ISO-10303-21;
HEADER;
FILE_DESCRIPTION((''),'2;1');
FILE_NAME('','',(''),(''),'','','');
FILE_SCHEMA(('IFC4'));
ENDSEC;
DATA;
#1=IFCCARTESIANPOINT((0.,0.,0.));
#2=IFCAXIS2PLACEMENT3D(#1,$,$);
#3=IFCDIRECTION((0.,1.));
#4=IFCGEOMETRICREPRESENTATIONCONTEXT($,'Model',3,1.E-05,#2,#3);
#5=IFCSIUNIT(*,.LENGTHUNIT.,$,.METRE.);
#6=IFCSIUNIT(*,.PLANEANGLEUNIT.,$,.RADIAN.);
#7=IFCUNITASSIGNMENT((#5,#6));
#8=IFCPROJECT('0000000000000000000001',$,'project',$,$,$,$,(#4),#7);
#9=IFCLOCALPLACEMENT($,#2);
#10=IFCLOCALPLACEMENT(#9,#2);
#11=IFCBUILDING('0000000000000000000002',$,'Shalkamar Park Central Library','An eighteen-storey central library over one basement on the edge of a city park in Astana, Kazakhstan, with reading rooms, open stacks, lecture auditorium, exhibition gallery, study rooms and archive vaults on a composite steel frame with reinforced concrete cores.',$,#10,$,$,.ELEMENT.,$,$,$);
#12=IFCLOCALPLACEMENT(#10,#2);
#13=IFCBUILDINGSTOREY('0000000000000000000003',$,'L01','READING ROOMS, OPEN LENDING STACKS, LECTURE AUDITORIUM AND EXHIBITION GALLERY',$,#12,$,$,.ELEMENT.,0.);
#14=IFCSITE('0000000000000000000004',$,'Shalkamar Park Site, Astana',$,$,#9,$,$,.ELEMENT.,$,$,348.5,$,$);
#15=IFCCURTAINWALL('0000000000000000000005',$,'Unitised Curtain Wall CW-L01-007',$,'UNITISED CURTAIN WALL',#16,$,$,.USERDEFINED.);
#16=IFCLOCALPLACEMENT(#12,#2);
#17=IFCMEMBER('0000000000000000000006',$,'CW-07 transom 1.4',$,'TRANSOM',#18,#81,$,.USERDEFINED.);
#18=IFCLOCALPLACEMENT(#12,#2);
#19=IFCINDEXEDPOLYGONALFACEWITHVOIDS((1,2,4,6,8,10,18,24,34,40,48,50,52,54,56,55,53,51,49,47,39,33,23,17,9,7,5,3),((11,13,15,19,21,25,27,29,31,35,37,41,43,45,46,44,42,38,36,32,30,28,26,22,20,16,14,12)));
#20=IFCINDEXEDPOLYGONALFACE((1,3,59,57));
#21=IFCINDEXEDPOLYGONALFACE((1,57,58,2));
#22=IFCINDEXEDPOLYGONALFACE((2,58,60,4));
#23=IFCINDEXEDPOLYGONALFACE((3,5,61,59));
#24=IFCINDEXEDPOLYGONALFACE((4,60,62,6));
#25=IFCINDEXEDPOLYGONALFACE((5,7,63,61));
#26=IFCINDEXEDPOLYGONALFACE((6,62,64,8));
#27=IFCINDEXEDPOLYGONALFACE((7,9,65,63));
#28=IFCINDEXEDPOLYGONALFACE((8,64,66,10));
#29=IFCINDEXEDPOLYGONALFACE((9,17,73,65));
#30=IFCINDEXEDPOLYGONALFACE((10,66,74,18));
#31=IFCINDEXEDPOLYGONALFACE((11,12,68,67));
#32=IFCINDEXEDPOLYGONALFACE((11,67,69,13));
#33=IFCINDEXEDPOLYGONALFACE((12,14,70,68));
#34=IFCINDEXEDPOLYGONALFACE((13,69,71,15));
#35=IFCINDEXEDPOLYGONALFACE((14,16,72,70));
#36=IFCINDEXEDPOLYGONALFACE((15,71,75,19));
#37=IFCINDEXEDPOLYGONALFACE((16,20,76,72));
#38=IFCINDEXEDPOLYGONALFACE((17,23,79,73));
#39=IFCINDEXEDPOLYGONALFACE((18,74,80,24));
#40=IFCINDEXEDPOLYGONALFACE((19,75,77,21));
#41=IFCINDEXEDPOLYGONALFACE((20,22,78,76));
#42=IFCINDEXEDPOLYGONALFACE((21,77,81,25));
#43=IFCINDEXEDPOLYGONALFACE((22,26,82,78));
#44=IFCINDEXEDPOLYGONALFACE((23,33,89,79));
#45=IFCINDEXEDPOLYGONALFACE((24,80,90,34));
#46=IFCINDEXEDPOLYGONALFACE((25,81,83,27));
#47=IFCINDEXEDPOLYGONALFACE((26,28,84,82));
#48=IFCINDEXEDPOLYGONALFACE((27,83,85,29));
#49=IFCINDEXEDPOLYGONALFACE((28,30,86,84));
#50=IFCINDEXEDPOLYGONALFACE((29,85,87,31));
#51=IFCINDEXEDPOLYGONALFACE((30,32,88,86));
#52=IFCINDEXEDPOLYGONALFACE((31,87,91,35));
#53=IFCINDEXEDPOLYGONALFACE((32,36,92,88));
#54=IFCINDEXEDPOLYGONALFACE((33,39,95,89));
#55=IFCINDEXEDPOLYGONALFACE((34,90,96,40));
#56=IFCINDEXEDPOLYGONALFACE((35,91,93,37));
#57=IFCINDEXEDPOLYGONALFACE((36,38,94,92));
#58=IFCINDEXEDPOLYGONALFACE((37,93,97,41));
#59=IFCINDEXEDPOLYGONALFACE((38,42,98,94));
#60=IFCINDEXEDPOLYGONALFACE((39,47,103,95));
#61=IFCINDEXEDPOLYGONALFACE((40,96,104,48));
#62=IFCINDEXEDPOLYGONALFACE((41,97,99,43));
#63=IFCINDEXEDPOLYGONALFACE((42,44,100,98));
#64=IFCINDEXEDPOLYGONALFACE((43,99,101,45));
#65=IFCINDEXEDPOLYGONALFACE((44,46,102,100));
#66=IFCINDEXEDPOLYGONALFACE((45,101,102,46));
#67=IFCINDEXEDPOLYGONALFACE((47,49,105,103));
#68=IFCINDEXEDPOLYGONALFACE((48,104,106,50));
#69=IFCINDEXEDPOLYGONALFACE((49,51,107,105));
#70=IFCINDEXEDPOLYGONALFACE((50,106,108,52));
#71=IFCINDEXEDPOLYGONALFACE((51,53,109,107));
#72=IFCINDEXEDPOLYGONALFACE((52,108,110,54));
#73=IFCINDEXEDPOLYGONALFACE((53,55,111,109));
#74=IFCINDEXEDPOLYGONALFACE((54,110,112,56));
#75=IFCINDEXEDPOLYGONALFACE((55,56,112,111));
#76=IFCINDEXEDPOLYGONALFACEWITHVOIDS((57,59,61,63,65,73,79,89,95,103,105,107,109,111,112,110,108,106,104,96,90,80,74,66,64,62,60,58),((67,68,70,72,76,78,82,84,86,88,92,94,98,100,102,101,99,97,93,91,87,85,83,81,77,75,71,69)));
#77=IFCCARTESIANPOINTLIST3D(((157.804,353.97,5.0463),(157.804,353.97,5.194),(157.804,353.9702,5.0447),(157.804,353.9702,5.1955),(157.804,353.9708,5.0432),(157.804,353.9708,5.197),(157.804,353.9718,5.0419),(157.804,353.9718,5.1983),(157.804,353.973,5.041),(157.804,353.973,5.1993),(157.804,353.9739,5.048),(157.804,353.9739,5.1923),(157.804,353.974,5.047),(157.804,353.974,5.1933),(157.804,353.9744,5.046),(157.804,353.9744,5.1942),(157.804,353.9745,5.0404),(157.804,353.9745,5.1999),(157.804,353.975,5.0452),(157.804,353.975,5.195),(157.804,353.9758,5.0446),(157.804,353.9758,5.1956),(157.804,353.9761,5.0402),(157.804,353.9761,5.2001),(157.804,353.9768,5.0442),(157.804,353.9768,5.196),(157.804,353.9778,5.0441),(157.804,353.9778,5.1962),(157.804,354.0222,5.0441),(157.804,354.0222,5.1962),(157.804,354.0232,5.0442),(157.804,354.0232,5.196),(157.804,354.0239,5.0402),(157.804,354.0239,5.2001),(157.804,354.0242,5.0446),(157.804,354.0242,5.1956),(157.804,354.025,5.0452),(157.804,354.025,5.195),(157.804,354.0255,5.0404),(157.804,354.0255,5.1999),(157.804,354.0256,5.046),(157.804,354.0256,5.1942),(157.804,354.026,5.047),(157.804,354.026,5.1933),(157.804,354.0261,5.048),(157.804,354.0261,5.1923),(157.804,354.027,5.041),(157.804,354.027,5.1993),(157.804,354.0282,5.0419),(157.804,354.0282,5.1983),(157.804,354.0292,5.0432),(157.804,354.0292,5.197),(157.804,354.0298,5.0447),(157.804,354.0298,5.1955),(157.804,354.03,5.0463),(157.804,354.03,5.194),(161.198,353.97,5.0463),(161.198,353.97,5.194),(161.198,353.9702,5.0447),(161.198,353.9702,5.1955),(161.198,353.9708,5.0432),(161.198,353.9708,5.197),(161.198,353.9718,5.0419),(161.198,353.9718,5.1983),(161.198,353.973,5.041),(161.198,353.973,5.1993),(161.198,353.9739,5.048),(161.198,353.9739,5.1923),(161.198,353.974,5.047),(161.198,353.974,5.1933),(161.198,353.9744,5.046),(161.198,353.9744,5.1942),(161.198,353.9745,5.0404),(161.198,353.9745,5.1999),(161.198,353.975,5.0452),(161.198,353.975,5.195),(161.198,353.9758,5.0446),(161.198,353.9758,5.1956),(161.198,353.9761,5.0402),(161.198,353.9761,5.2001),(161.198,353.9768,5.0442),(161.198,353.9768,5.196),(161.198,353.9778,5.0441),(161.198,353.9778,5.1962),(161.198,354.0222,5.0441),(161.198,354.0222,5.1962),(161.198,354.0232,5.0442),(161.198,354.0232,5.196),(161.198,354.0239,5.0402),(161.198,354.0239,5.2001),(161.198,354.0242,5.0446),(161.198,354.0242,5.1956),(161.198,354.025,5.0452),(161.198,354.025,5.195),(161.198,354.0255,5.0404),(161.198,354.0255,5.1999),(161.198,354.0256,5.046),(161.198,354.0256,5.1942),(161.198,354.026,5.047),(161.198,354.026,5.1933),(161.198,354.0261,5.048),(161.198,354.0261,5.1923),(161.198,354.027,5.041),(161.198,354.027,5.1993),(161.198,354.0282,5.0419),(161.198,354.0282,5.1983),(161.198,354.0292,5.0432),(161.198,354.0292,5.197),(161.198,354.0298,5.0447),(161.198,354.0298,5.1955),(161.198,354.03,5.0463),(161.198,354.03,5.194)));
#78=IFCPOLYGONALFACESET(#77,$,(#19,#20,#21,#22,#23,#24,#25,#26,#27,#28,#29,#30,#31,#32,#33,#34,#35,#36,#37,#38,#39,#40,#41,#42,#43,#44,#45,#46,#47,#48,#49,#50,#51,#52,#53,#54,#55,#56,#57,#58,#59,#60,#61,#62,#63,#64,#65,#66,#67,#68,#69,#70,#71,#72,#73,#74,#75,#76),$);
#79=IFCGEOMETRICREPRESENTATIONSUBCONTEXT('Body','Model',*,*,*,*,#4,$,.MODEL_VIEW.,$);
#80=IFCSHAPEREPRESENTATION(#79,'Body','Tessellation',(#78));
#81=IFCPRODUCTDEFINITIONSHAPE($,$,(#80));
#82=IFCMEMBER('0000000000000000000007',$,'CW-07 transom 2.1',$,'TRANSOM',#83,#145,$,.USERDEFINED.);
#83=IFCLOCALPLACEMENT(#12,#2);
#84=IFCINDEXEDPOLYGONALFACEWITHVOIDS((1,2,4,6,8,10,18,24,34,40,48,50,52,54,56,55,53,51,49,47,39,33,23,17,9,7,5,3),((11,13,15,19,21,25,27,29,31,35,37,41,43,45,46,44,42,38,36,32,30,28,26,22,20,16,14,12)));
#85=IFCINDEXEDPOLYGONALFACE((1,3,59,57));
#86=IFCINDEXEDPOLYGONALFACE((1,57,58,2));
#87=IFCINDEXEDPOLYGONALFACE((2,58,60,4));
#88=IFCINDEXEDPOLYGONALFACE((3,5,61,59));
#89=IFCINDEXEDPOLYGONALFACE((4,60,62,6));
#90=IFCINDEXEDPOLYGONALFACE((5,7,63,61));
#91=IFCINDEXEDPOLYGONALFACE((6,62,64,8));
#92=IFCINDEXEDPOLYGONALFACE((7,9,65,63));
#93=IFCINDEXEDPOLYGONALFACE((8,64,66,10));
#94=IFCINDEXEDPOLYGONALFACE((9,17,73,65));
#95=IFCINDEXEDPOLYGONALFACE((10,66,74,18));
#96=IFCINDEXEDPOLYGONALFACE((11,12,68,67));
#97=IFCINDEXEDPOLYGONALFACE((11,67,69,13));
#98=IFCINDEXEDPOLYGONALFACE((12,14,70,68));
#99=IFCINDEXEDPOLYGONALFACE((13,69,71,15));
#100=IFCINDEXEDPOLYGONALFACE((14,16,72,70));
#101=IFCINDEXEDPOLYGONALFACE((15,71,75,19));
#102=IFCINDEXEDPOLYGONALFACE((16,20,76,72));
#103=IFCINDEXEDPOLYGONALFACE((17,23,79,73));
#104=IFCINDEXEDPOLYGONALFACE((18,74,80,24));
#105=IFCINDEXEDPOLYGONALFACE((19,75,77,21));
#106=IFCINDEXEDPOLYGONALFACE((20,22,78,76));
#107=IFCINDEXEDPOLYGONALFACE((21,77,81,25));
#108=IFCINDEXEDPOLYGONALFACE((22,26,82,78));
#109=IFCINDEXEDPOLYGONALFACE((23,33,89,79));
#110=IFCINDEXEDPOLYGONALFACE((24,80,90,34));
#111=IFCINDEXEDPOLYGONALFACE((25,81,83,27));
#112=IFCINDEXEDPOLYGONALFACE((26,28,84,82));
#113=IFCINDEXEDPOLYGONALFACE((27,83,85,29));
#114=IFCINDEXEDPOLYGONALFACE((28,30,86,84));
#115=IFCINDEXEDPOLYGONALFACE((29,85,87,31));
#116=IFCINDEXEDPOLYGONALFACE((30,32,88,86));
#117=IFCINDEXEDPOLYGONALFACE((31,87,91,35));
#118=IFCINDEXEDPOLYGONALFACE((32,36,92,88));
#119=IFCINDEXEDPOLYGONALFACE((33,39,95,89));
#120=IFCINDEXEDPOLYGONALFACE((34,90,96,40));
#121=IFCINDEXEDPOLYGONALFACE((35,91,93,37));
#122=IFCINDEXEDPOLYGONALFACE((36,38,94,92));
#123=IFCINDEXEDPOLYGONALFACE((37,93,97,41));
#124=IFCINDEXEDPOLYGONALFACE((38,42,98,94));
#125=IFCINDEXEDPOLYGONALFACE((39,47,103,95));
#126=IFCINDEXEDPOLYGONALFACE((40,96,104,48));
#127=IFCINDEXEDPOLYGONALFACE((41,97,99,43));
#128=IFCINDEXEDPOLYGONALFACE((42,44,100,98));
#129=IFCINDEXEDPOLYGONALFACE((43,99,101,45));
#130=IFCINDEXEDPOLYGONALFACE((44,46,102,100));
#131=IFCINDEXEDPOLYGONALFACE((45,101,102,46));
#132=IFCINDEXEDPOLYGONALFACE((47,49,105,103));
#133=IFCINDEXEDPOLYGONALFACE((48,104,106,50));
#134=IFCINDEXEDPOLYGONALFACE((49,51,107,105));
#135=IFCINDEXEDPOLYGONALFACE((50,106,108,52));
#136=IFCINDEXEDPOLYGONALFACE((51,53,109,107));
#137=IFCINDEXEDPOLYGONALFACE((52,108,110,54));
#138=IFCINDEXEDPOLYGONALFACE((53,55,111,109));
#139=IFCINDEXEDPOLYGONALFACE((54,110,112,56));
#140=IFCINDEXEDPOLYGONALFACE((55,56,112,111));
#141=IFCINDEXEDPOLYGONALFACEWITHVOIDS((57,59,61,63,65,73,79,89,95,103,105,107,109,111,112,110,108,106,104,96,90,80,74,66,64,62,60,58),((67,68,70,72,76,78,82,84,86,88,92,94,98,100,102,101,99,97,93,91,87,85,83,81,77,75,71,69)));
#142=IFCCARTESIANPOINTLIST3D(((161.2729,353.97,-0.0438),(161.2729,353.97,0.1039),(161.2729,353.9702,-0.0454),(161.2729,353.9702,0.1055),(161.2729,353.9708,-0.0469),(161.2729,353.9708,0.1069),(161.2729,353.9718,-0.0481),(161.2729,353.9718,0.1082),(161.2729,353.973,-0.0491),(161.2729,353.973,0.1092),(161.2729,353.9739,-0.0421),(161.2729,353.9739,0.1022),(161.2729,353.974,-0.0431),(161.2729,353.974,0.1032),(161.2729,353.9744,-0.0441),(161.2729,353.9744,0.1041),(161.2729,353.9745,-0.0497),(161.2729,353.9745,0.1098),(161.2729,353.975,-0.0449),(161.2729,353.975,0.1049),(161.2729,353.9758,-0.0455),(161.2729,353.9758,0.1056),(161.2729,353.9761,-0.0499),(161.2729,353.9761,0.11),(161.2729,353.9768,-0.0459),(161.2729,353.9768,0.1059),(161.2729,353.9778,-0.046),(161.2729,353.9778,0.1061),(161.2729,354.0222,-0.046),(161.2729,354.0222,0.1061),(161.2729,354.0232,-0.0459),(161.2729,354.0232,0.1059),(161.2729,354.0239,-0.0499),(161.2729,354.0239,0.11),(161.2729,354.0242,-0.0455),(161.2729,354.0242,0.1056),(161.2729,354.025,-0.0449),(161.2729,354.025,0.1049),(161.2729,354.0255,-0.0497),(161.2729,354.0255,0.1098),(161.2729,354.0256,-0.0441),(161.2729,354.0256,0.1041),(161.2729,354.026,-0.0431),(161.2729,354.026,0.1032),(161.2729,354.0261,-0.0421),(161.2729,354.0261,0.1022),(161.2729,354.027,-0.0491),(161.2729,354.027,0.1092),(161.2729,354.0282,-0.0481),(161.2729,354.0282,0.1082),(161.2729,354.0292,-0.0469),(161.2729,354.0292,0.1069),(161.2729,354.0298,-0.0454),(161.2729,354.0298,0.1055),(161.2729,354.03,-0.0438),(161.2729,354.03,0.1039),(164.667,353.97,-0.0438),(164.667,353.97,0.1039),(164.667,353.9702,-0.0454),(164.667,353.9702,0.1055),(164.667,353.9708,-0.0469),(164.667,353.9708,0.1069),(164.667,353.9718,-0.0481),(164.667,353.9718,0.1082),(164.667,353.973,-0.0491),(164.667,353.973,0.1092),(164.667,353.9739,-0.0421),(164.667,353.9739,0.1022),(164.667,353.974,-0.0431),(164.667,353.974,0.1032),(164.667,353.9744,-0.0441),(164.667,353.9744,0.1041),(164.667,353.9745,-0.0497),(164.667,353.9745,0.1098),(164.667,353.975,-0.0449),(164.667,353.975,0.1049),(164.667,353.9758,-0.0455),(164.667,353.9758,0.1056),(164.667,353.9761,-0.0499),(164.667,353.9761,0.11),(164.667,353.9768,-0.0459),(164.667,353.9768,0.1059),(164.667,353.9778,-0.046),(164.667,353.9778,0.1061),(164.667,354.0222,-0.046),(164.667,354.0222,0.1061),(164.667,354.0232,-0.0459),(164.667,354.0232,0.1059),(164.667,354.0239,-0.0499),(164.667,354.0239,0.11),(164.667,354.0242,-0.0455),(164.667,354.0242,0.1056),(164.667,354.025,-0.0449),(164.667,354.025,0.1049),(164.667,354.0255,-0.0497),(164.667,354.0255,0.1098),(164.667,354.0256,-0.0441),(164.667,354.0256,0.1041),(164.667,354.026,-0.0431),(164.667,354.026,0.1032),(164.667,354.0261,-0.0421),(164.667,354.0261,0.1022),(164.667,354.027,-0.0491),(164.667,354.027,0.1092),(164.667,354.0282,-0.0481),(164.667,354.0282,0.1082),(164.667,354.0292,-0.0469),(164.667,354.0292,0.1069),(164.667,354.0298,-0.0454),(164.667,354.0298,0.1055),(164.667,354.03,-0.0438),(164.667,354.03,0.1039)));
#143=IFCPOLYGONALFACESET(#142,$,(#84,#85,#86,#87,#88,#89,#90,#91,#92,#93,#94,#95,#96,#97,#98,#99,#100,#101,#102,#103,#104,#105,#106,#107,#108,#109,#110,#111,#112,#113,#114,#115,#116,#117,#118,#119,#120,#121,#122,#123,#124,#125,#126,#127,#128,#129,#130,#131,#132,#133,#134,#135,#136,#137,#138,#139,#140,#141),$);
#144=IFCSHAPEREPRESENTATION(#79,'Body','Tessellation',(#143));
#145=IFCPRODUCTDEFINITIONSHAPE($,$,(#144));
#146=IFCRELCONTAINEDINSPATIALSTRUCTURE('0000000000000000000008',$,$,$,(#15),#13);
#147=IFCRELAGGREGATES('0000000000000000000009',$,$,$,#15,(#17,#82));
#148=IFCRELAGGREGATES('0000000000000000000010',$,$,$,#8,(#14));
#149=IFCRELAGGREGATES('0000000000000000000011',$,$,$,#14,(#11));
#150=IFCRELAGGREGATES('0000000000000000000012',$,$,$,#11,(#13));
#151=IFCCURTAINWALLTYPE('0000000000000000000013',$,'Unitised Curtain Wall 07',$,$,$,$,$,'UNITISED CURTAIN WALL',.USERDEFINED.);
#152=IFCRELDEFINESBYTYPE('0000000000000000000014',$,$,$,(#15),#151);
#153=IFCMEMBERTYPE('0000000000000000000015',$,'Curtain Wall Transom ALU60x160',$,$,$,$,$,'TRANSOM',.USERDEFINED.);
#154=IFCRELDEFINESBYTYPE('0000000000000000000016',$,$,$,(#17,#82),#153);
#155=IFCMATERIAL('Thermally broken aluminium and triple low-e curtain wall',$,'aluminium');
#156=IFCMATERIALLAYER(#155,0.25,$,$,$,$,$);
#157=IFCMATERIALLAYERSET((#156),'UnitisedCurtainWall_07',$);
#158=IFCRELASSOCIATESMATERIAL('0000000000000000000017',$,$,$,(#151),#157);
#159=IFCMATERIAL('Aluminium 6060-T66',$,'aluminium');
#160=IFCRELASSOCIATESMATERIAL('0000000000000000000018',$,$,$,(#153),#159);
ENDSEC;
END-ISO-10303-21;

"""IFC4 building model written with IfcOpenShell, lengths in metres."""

from ifc_helpers import new_model, si_unit, direction, frame, origin, origin_2d, place, context, subcontext, project, spatial, hollow_rectangle, extrude, material, layer, layer_set, material_profile, profile_set, type_object, element, aggregate, save


model = new_model("IFC4")

# Units and contexts
model_context = context("Model", 3, precision=1e-05, world=origin(), true_north=direction((0.0, 1.0)))
body_context = subcontext(model_context, "Body", "Model", "MODEL_VIEW")
ifc_project = project(units=[si_unit("LENGTHUNIT", "METRE"), si_unit("PLANEANGLEUNIT", "RADIAN")], contexts=[model_context])

# Site, building, storey
site_placement = place(None, origin())
site = spatial("IfcSite", under=ifc_project, at=site_placement, Name="Shalkamar Park Site, Astana", CompositionType="ELEMENT", RefElevation=348.5)
building_placement = place(site_placement, origin())
building = spatial("IfcBuilding", under=site, at=building_placement, Name="Shalkamar Park Central Library", Description="An eighteen-storey central library over one basement on the edge of a city park in Astana, Kazakhstan, with reading rooms, open stacks, lecture auditorium, exhibition gallery, study rooms and archive vaults on a composite steel frame with reinforced concrete cores.", CompositionType="ELEMENT")
storey_placement = place(building_placement, origin())
storey = spatial("IfcBuildingStorey", under=building, at=storey_placement, Name="L01", Description="READING ROOMS, OPEN LENDING STACKS, LECTURE AUDITORIUM AND EXHIBITION GALLERY", CompositionType="ELEMENT", Elevation=0.0)

# Curtain wall
ifc_material_1 = material(Name="Thermally broken aluminium and triple low-e curtain wall", Category="aluminium")
ifc_layer_1 = layer(ifc_material_1, 0.25)
ifc_layer_set_1 = layer_set([ifc_layer_1], Name="UnitisedCurtainWall_07")
curtain_wall_type_1 = type_object("IfcCurtainWallType", Name="Unitised Curtain Wall 07", ElementType="UNITISED CURTAIN WALL", PredefinedType="USERDEFINED", material=ifc_layer_set_1)
curtain_wall_1_placement = place(storey_placement, origin())
curtain_wall_1 = element("IfcCurtainWall", 1, at=curtain_wall_1_placement, inside=storey, type_object=curtain_wall_type_1, Name="Unitised Curtain Wall CW-L01-007", ObjectType="UNITISED CURTAIN WALL", PredefinedType="USERDEFINED")
ifc_material_2 = material(Name="Aluminium 6060-T66", Category="aluminium")

# Members
ifc_material_profile_1 = material_profile(ifc_material_2, hollow_rectangle(XDim=0.0601, YDim=0.1599, WallThickness=0.0039, InnerFilletRadius=0.0039, OuterFilletRadius=0.0061, at=origin_2d()), Name="ALU 60x160x4")
ifc_profile_set_1 = profile_set([ifc_material_profile_1], Name="Aluminium 6060-T66")
member_type_1 = type_object("IfcMemberType", Name="Curtain Wall Transom ALU60x160", ElementType="TRANSOM", PredefinedType="USERDEFINED", material=ifc_profile_set_1)
member_1_placement = place(storey_placement, frame((157.804, 354.0, 5.1201), z_axis=(1.0, 0.0, 0.0), x_axis=(0.0, 1.0, 0.0)))
member_1 = element("IfcMember", 2, at=member_1_placement, type_object=member_type_1, Name="CW-07 transom 1.4", ObjectType="TRANSOM", PredefinedType="USERDEFINED", context=body_context, shape_type="SweptSolid", body=[
    extrude(hollow_rectangle(XDim=0.0601, YDim=0.1599, WallThickness=0.0039, InnerFilletRadius=0.0039, OuterFilletRadius=0.0061, at=origin_2d()), origin(), (0.0, 0.0, 1.0), 3.394),
])
member_2_placement = place(storey_placement, frame((161.2729, 354.0, 0.03), z_axis=(1.0, 0.0, 0.0), x_axis=(0.0, 1.0, 0.0)))
member_2 = element("IfcMember", 3, at=member_2_placement, type_object=member_type_1, Name="CW-07 transom 2.1", ObjectType="TRANSOM", PredefinedType="USERDEFINED", context=body_context, shape_type="SweptSolid", body=[
    extrude(hollow_rectangle(XDim=0.0601, YDim=0.1599, WallThickness=0.0039, InnerFilletRadius=0.0039, OuterFilletRadius=0.0061, at=origin_2d()), origin(), (0.0, 0.0, 1.0), 3.394),
])

aggregate(curtain_wall_1, [member_1, member_2])

save(model, "model.ifc")
